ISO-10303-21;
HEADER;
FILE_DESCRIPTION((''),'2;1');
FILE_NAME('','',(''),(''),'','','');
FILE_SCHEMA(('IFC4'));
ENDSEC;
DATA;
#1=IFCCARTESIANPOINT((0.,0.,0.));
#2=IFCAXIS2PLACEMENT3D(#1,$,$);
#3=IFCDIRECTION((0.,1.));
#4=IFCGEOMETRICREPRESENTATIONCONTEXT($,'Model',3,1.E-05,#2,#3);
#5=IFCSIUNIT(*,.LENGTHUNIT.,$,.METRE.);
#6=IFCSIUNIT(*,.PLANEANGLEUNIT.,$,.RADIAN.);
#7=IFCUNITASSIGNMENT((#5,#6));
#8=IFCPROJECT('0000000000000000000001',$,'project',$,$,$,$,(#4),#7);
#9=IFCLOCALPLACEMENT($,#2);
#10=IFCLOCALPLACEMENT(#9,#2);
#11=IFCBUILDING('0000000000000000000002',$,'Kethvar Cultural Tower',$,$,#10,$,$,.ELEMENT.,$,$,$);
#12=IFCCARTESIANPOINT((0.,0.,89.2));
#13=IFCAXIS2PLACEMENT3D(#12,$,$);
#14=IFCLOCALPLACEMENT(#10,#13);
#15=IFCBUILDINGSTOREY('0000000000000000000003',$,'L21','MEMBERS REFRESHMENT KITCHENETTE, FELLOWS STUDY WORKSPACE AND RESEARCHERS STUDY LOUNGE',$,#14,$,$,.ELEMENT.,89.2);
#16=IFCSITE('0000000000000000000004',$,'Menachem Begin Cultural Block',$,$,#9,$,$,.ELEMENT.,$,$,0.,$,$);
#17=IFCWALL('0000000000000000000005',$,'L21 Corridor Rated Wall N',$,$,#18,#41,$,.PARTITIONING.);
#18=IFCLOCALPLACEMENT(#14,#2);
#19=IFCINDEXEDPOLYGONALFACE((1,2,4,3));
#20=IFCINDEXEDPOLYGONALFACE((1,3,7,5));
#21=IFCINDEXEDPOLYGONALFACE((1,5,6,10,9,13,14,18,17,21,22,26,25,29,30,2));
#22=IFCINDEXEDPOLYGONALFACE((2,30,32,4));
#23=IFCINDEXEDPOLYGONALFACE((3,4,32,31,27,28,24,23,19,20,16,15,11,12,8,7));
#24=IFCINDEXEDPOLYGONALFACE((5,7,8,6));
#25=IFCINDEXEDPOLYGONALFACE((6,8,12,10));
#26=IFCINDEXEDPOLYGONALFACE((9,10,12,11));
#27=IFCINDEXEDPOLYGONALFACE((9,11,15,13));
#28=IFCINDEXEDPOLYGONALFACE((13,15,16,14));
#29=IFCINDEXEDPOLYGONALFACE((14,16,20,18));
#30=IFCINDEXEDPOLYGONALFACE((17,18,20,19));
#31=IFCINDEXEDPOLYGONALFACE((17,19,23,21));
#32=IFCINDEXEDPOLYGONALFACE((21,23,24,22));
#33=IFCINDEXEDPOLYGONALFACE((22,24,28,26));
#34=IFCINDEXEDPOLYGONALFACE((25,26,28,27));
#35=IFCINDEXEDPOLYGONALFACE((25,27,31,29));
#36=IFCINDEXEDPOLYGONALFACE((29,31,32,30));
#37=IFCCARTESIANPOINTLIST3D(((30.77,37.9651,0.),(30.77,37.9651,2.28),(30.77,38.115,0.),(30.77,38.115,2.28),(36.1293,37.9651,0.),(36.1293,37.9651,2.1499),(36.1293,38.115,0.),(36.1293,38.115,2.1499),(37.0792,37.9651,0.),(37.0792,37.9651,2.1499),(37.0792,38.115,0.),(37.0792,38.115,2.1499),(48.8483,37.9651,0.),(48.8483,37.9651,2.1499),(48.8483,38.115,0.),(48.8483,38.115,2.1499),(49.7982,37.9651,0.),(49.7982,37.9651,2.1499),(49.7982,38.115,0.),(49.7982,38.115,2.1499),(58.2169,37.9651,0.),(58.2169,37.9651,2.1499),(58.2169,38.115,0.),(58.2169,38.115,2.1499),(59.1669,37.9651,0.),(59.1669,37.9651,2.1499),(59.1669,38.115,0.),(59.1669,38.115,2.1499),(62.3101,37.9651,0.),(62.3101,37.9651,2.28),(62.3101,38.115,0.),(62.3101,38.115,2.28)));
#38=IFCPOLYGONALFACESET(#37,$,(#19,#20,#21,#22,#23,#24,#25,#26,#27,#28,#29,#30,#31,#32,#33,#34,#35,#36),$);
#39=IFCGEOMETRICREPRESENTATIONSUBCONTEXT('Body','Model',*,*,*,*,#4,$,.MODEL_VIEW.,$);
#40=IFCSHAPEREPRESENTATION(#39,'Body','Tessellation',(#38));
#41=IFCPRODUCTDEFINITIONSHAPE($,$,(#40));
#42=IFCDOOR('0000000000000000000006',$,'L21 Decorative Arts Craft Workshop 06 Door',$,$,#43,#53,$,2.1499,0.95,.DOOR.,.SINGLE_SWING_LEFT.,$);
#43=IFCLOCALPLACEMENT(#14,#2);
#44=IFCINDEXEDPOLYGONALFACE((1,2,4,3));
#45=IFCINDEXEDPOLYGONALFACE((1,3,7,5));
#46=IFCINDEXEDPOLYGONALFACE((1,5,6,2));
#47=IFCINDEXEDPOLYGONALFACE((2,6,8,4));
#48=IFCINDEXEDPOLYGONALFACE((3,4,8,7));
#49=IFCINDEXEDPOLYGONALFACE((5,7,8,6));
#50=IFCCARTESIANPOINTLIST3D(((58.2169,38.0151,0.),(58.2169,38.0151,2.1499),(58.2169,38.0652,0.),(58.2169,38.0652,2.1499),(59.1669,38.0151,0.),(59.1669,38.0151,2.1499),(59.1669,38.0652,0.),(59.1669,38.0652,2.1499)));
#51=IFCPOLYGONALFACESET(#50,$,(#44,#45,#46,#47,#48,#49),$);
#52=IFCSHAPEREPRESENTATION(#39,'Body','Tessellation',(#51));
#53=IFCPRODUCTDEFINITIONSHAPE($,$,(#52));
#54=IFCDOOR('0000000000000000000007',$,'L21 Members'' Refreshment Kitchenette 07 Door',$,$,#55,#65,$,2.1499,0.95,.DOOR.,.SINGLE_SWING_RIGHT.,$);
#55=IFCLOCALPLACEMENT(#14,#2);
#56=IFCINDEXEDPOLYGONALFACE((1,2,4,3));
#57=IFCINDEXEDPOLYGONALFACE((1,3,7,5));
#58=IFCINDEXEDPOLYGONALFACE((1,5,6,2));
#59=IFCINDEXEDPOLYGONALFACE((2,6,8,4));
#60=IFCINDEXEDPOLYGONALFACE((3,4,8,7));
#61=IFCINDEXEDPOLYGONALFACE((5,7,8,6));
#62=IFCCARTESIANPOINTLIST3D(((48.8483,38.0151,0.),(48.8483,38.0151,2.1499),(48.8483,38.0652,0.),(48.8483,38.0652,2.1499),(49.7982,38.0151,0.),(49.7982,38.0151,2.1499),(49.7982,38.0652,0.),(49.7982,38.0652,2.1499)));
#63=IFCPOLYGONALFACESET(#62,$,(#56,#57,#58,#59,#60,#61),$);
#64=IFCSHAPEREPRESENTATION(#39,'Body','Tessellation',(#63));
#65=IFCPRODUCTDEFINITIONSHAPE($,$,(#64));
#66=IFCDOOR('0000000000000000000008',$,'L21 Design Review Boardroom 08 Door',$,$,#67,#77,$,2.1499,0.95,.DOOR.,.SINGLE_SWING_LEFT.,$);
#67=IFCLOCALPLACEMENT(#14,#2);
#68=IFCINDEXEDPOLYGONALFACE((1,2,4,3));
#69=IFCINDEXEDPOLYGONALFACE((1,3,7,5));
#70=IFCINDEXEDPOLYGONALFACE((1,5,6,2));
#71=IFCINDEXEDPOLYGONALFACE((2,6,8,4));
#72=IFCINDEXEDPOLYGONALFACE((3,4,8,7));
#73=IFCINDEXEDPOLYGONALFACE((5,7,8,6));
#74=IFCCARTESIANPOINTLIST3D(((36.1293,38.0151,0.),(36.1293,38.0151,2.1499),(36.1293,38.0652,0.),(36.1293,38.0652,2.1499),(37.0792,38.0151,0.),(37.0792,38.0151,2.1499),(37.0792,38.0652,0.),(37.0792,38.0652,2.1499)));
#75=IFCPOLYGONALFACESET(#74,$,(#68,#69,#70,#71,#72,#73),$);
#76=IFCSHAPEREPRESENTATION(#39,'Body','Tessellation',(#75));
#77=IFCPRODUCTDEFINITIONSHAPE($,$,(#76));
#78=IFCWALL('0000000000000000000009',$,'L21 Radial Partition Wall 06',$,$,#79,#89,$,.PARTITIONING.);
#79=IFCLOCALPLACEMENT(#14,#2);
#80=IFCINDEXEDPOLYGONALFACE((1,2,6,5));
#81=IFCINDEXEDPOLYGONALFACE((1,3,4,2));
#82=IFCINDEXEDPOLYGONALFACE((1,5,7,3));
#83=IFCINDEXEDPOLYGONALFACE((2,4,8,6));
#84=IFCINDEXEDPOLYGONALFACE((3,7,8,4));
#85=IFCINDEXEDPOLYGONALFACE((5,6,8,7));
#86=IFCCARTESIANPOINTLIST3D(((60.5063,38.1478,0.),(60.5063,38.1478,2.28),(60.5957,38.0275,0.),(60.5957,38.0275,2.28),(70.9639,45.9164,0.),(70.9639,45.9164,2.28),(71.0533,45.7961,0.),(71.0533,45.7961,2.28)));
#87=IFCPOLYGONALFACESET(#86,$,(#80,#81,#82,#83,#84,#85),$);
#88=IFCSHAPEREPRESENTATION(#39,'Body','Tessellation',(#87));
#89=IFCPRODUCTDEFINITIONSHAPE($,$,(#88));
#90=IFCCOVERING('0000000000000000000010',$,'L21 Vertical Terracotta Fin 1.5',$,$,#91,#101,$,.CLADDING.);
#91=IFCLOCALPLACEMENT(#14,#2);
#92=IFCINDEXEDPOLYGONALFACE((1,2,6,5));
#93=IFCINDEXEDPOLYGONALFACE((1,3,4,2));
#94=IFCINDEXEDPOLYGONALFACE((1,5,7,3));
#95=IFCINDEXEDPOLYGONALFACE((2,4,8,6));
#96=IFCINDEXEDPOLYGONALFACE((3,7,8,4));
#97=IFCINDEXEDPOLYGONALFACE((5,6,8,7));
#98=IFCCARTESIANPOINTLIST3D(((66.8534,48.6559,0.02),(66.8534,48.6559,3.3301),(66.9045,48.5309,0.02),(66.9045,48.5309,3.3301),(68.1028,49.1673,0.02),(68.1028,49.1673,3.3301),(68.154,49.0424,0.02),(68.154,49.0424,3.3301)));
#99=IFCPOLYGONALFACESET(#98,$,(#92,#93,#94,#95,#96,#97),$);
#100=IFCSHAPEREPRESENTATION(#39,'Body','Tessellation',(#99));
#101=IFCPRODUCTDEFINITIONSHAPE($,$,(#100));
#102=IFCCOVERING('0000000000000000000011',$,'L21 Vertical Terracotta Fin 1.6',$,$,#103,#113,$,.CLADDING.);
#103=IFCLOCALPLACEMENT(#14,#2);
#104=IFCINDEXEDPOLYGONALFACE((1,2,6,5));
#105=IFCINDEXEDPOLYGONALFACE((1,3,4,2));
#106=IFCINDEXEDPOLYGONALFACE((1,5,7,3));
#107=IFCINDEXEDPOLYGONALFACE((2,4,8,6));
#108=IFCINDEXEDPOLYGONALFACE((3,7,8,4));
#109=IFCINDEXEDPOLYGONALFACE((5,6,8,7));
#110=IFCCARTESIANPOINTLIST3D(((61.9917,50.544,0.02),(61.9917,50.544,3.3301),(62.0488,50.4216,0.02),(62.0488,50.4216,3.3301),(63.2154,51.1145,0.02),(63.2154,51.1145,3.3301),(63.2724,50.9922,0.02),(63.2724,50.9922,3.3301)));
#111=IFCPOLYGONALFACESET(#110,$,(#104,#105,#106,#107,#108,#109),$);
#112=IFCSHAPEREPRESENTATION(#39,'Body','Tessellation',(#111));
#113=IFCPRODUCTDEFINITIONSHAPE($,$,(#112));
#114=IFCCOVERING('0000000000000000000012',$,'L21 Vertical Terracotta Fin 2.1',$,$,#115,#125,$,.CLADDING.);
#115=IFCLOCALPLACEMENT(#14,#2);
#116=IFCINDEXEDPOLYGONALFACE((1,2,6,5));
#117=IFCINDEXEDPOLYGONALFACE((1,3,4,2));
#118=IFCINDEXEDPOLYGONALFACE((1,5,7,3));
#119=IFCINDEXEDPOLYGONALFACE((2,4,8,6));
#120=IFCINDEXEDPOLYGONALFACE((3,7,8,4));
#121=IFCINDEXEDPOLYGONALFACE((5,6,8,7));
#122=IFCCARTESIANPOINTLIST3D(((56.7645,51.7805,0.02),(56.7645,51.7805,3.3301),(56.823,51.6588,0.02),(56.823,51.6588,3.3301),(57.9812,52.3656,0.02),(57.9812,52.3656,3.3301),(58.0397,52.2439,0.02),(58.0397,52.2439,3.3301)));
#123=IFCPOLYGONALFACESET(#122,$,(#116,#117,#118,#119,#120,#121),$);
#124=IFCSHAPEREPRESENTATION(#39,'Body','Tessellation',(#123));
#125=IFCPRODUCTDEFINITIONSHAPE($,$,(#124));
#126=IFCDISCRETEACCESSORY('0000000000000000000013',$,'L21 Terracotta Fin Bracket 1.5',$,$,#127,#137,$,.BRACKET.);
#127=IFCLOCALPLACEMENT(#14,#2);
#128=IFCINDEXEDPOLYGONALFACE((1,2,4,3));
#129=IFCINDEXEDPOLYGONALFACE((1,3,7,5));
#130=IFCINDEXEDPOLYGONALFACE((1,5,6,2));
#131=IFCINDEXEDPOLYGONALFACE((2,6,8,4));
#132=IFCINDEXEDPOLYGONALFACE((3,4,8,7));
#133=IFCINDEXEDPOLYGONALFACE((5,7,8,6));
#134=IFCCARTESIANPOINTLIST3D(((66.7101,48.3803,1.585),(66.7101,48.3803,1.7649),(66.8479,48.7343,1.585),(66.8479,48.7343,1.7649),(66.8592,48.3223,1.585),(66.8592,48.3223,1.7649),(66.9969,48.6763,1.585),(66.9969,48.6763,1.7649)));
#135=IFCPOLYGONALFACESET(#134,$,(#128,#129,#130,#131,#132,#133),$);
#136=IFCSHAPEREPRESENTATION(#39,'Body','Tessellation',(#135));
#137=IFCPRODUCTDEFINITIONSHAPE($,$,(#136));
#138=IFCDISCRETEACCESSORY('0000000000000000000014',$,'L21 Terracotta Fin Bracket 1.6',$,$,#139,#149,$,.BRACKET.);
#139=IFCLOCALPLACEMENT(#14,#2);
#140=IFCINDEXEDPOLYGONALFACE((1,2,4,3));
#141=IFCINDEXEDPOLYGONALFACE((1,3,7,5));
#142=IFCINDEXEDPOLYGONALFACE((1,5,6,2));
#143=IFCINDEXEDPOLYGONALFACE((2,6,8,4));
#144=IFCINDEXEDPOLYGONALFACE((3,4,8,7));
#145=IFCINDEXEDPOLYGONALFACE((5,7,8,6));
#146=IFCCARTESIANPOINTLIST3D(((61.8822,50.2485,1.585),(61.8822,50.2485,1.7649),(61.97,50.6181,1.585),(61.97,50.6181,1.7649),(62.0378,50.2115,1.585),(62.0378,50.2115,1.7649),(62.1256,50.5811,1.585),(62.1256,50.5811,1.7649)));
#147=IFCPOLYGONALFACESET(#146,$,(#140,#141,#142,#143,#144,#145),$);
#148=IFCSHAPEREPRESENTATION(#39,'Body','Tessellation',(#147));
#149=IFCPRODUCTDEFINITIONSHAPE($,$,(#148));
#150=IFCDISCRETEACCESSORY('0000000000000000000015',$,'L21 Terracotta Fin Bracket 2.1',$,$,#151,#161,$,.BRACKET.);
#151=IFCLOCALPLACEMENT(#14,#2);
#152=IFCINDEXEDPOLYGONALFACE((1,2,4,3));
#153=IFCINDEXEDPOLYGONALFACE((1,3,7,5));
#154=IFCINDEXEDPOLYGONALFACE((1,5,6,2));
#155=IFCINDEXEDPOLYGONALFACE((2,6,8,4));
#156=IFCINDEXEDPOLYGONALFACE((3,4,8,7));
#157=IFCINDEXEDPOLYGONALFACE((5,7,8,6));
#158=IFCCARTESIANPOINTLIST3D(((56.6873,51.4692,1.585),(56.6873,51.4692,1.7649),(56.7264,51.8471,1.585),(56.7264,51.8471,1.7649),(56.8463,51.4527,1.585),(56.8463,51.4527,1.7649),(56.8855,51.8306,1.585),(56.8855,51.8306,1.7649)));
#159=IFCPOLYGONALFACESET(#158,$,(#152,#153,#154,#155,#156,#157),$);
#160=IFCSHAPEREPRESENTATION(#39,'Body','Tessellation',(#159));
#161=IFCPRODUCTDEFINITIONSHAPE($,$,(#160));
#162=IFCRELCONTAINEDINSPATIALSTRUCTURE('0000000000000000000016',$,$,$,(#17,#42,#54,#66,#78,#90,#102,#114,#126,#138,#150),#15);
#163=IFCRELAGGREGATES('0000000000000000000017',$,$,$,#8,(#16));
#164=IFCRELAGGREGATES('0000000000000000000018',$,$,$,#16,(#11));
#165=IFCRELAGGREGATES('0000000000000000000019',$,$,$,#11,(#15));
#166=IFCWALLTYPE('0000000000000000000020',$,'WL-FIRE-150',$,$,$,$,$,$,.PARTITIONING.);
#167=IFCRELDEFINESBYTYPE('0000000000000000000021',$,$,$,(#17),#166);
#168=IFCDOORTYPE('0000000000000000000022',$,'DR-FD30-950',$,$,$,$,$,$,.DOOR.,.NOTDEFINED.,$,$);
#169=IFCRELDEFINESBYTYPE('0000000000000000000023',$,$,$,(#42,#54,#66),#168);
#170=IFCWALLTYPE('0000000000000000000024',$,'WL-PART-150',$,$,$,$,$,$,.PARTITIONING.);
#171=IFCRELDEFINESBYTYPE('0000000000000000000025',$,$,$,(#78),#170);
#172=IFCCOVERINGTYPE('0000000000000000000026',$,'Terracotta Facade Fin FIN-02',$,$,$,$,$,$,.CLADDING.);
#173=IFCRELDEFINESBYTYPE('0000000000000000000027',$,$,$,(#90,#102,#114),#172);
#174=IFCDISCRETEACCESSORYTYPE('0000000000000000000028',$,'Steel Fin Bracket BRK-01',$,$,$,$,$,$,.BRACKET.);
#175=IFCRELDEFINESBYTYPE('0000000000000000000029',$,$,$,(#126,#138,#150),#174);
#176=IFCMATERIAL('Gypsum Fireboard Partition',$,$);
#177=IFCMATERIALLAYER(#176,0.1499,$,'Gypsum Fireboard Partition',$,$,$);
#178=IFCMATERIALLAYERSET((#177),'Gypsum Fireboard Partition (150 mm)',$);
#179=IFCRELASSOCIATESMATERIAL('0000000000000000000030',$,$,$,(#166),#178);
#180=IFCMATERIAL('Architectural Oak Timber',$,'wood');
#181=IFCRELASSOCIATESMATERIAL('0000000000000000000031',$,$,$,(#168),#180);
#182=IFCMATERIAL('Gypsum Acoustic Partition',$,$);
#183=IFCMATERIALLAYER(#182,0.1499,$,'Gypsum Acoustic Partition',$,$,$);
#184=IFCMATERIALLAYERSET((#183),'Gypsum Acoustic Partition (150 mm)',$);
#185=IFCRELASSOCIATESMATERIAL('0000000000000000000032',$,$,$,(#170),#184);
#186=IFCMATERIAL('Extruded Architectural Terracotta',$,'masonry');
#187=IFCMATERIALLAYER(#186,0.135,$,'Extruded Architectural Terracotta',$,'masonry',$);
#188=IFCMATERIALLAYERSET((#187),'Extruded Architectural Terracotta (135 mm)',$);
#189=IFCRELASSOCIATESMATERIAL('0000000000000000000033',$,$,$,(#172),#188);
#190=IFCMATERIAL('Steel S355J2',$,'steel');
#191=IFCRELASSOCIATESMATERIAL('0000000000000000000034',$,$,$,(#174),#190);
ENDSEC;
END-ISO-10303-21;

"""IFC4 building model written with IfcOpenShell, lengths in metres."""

from ifc_helpers import new_model, si_unit, direction, frame, frame_2d, origin, origin_2d, place, context, subcontext, project, spatial, rectangle, extrude, source, transform, mapped, material, layer, layer_set, type_object, element, fill, save


model = new_model("IFC4")

# Units and contexts
model_context = context("Model", 3, precision=1e-05, world=origin(), true_north=direction((0.0, 1.0)))
body_context = subcontext(model_context, "Body", "Model", "MODEL_VIEW")
ifc_project = project(units=[si_unit("LENGTHUNIT", "METRE"), si_unit("PLANEANGLEUNIT", "RADIAN")], contexts=[model_context])

# Site, building, storey
site_placement = place(None, origin())
site = spatial("IfcSite", under=ifc_project, at=site_placement, Name="Menachem Begin Cultural Block", CompositionType="ELEMENT", RefElevation=0.0)
building_placement = place(site_placement, origin())
building = spatial("IfcBuilding", under=site, at=building_placement, Name="Kethvar Cultural Tower", CompositionType="ELEMENT")
storey_placement = place(building_placement, frame((0.0, 0.0, 89.2)))
storey = spatial("IfcBuildingStorey", under=building, at=storey_placement, Name="L21", Description="MEMBERS REFRESHMENT KITCHENETTE, FELLOWS STUDY WORKSPACE AND RESEARCHERS STUDY LOUNGE", CompositionType="ELEMENT", Elevation=89.2)

# Shared definitions
ifc_material_1 = material(Name="Steel S355J2", Category="steel")

# Wall, openings, doors
ifc_material_2 = material(Name="Gypsum Fireboard Partition")
ifc_layer_1 = layer(ifc_material_2, 0.1499, Name="Gypsum Fireboard Partition")
ifc_layer_set_1 = layer_set([ifc_layer_1], Name="Gypsum Fireboard Partition (150 mm)")
wall_type_1 = type_object("IfcWallType", Name="WL-FIRE-150", PredefinedType="PARTITIONING", material=ifc_layer_set_1)
wall_1_placement = place(storey_placement, frame((62.3101, 38.04, 0.0), z_axis=(0.0, 0.0, 1.0), x_axis=(-1.0, 0.0, 0.0)))
wall_1 = element("IfcWall", 1, at=wall_1_placement, inside=storey, type_object=wall_type_1, Name="L21 Corridor Rated Wall N", PredefinedType="PARTITIONING", context=body_context, shape_type="SweptSolid", body=[
    extrude(rectangle(XDim=31.54, YDim=0.1499, at=frame_2d((15.77, 0.0))), origin(), (0.0, 0.0, 1.0), 2.28),
])
opening_1_placement = place(wall_1_placement, frame((3.1431, 0.0, 0.0)))
opening_1 = element("IfcOpeningElement", 2, at=opening_1_placement, cuts=wall_1, PredefinedType="OPENING", context=body_context, shape_type="SweptSolid", body=[
    extrude(rectangle(XDim=0.95, YDim=2.1499, at=frame_2d((0.4751, 1.075))), frame((0.0, 0.085, 0.0), z_axis=(0.0, -1.0, 0.0), x_axis=(1.0, 0.0, 0.0)), (0.0, 0.0, 1.0), 0.1699),
])
opening_2_placement = place(wall_1_placement, frame((12.5117, 0.0, 0.0)))
opening_2 = element("IfcOpeningElement", 3, at=opening_2_placement, cuts=wall_1, PredefinedType="OPENING", context=body_context, shape_type="SweptSolid", body=[
    extrude(rectangle(XDim=0.95, YDim=2.1499, at=frame_2d((0.4751, 1.075))), frame((0.0, 0.085, 0.0), z_axis=(0.0, -1.0, 0.0), x_axis=(1.0, 0.0, 0.0)), (0.0, 0.0, 1.0), 0.1699),
])
opening_3_placement = place(wall_1_placement, frame((25.2307, 0.0, 0.0)))
opening_3 = element("IfcOpeningElement", 4, at=opening_3_placement, cuts=wall_1, PredefinedType="OPENING", context=body_context, shape_type="SweptSolid", body=[
    extrude(rectangle(XDim=0.95, YDim=2.1499, at=frame_2d((0.4751, 1.075))), frame((0.0, 0.085, 0.0), z_axis=(0.0, -1.0, 0.0), x_axis=(1.0, 0.0, 0.0)), (0.0, 0.0, 1.0), 0.1699),
])
ifc_material_3 = material(Name="Architectural Oak Timber", Category="wood")
door_type = type_object("IfcDoorType", Name="DR-FD30-950", OperationType="NOTDEFINED", PredefinedType="DOOR", material=ifc_material_3)
shared_shape_1 = source(origin(), body_context, "Body", "SweptSolid", [
    extrude(rectangle(XDim=0.95, YDim=2.1499, at=frame_2d((0.4751, 1.075))), frame((0.0, 0.0249, 0.0), z_axis=(0.0, -1.0, 0.0), x_axis=(1.0, 0.0, 0.0)), (0.0, 0.0, 1.0), 0.05),
])
door_1_placement = place(opening_1_placement, origin())
door_1 = element("IfcDoor", 5, at=door_1_placement, inside=storey, type_object=door_type, Name="L21 Decorative Arts Craft Workshop 06 Door", OperationType="SINGLE_SWING_LEFT", OverallHeight=2.1499, OverallWidth=0.95, PredefinedType="DOOR", context=body_context, shape_type="MappedRepresentation", body=[
    mapped(shared_shape_1, transform((0.0, 0.0, 0.0), scale=1.0)),
])
fill(opening_1, door_1)
door_2_placement = place(opening_2_placement, origin())
door_2 = element("IfcDoor", 6, at=door_2_placement, inside=storey, type_object=door_type, Name="L21 Members' Refreshment Kitchenette 07 Door", OperationType="SINGLE_SWING_RIGHT", OverallHeight=2.1499, OverallWidth=0.95, PredefinedType="DOOR", context=body_context, shape_type="MappedRepresentation", body=[
    mapped(shared_shape_1, transform((0.0, 0.0, 0.0), scale=1.0)),
])
fill(opening_2, door_2)
door_3_placement = place(opening_3_placement, origin())
door_3 = element("IfcDoor", 7, at=door_3_placement, inside=storey, type_object=door_type, Name="L21 Design Review Boardroom 08 Door", OperationType="SINGLE_SWING_LEFT", OverallHeight=2.1499, OverallWidth=0.95, PredefinedType="DOOR", context=body_context, shape_type="MappedRepresentation", body=[
    mapped(shared_shape_1, transform((0.0, 0.0, 0.0), scale=1.0)),
])
fill(opening_3, door_3)

# Wall
ifc_material_4 = material(Name="Gypsum Acoustic Partition")
ifc_layer_2 = layer(ifc_material_4, 0.1499, Name="Gypsum Acoustic Partition")
ifc_layer_set_2 = layer_set([ifc_layer_2], Name="Gypsum Acoustic Partition (150 mm)")
wall_type_2 = type_object("IfcWallType", Name="WL-PART-150", PredefinedType="PARTITIONING", material=ifc_layer_set_2)
wall_2_placement = place(storey_placement, frame((60.551, 38.0876, 0.0), z_axis=(0.0, 0.0, 1.0), x_axis=(0.80274, 0.59633, 0.0)))
element("IfcWall", 8, at=wall_2_placement, inside=storey, type_object=wall_type_2, Name="L21 Radial Partition Wall 06", PredefinedType="PARTITIONING", context=body_context, shape_type="SweptSolid", body=[
    extrude(rectangle(XDim=13.0273, YDim=0.1499, at=frame_2d((6.5137, 0.0))), origin(), (0.0, 0.0, 1.0), 2.28),
])

# Coverings
ifc_material_5 = material(Name="Extruded Architectural Terracotta", Category="masonry")
ifc_layer_3 = layer(ifc_material_5, 0.135, Name="Extruded Architectural Terracotta", Category="masonry")
ifc_layer_set_3 = layer_set([ifc_layer_3], Name="Extruded Architectural Terracotta (135 mm)")
covering_type = type_object("IfcCoveringType", Name="Terracotta Facade Fin FIN-02", PredefinedType="CLADDING", material=ifc_layer_set_3)
shared_shape_2 = source(origin(), body_context, "Body", "SweptSolid", [
    extrude(rectangle(XDim=1.3501, YDim=0.135, at=origin_2d()), origin(), (0.0, 0.0, 1.0), 3.3101),
])
for number, where, z_axis, x_axis, name in (
    (9, (67.5037, 48.8491, 0.02), (0.0, 0.0, 1.0), (0.925474, 0.37881, 0.0), "L21 Vertical Terracotta Fin 1.5"),
    (10, (62.6321, 50.7681, 0.02), (0.0, 0.0, 1.0), (0.906308, 0.422618, 0.0), "L21 Vertical Terracotta Fin 1.6"),
    (11, (57.4021, 52.0122, 0.02), (0.0, 0.0, 1.0), (0.901228, 0.433345, 0.0), "L21 Vertical Terracotta Fin 2.1"),
):
    element("IfcCovering", number, at=place(storey_placement, frame(where, z_axis=z_axis, x_axis=x_axis)), inside=storey, type_object=covering_type, Name=name, PredefinedType="CLADDING", context=body_context, shape_type="MappedRepresentation", body=[
        mapped(shared_shape_2, transform((0.0, 0.0, 0.0), scale=1.0)),
    ])

# Discrete accessories
discrete_accessory_type = type_object("IfcDiscreteAccessoryType", Name="Steel Fin Bracket BRK-01", PredefinedType="BRACKET", material=ifc_material_1)
shared_shape_3 = source(origin(), body_context, "Body", "SweptSolid", [
    extrude(rectangle(XDim=0.3799, YDim=0.1599, at=origin_2d()), origin(), (0.0, 0.0, 1.0), 0.1799),
])
for number, where, z_axis, x_axis, name in (
    (12, (66.8535, 48.5283, 1.585), (0.0, 0.0, 1.0), (0.362601, 0.931945, 0.0), "L21 Terracotta Fin Bracket 1.5"),
    (13, (62.0039, 50.4148, 1.585), (0.0, 0.0, 1.0), (0.231239, 0.972897, 0.0), "L21 Terracotta Fin Bracket 1.6"),
    (14, (56.7864, 51.6499, 1.585), (0.0, 0.0, 1.0), (0.10314, 0.994667, 0.0), "L21 Terracotta Fin Bracket 2.1"),
):
    element("IfcDiscreteAccessory", number, at=place(storey_placement, frame(where, z_axis=z_axis, x_axis=x_axis)), inside=storey, type_object=discrete_accessory_type, Name=name, PredefinedType="BRACKET", context=body_context, shape_type="MappedRepresentation", body=[
        mapped(shared_shape_3, transform((0.0, 0.0, 0.0), scale=1.0)),
    ])

save(model, "model.ifc")
